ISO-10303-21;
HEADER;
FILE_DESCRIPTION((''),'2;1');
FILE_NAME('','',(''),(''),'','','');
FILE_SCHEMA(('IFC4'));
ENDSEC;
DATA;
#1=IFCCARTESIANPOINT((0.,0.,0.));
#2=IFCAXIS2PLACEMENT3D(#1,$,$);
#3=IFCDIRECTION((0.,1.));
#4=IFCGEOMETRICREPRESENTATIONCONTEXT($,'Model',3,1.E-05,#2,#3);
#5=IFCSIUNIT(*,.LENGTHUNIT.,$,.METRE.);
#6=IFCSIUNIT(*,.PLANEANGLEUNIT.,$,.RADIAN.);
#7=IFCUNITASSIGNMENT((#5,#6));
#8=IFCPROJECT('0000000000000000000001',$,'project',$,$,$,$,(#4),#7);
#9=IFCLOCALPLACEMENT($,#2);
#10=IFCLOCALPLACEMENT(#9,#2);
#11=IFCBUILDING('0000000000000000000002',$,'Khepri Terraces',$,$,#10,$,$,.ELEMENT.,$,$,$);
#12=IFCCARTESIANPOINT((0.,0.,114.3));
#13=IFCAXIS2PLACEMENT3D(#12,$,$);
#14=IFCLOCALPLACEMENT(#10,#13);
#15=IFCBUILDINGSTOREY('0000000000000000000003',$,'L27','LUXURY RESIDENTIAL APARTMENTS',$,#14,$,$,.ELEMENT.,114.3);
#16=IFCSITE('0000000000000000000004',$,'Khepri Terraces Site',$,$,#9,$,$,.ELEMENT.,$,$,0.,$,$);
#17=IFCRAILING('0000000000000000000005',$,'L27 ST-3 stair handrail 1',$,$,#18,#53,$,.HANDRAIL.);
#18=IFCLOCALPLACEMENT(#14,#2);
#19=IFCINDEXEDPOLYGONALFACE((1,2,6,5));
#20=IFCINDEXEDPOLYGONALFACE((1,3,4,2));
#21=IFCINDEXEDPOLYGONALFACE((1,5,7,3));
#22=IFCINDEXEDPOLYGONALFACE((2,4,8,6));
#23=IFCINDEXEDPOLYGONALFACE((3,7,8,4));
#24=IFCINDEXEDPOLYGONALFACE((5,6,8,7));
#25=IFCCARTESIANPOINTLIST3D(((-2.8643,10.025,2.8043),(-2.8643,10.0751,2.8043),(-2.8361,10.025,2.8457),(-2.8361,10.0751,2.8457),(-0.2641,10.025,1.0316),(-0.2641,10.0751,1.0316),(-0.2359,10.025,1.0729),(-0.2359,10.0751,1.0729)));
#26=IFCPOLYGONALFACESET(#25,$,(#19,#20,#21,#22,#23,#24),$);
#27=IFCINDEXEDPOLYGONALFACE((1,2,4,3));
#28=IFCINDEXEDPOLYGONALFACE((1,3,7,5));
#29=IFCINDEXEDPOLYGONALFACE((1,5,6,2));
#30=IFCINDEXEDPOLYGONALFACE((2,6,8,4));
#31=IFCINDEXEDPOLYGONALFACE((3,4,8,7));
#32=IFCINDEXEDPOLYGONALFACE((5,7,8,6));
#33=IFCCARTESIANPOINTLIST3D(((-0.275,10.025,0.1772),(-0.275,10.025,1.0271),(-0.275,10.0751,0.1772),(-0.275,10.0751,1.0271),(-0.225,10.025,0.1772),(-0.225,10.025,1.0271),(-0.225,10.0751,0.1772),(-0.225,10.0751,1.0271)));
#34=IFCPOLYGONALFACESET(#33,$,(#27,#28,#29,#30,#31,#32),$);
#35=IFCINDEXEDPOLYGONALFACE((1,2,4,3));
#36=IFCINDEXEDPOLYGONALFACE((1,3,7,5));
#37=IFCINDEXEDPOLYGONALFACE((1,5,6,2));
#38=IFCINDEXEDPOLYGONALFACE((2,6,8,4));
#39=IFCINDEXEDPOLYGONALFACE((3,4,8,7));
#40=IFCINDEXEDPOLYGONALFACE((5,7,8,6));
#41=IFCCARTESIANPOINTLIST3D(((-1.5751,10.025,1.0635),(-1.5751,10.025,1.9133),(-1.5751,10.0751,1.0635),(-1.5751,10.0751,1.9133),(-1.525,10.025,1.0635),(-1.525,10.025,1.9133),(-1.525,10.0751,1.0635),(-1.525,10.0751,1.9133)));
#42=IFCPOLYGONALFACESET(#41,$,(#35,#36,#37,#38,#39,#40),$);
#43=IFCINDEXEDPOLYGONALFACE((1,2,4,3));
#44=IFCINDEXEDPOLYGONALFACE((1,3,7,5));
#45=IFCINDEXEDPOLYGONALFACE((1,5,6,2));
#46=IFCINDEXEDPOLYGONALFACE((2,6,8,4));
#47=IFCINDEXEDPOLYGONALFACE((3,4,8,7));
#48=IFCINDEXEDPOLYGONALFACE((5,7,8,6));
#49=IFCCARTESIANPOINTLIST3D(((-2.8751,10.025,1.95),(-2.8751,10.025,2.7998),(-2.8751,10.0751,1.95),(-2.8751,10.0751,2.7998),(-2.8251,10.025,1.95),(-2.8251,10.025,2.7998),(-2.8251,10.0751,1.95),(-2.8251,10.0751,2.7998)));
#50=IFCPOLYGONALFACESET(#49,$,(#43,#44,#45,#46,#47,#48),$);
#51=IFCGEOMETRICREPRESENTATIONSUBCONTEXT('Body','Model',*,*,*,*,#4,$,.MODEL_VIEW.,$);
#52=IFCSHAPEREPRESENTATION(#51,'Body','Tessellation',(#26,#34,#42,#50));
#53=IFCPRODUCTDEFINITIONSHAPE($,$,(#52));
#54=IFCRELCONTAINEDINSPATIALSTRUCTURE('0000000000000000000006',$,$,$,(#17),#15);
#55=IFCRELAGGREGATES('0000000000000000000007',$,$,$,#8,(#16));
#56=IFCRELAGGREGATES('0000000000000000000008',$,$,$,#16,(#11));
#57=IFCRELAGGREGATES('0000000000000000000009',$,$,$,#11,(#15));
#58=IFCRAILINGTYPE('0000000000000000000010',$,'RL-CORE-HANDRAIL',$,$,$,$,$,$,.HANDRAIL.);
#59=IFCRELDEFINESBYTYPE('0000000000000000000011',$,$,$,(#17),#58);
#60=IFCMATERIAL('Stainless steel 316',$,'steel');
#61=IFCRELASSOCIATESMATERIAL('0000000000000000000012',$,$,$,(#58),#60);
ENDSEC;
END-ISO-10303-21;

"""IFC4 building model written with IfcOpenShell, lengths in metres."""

from ifc_helpers import new_model, si_unit, direction, frame, origin, origin_2d, place, context, subcontext, project, spatial, rectangle, extrude, material, type_object, element, save


model = new_model("IFC4")

# Units and contexts
model_context = context("Model", 3, precision=1e-05, world=origin(), true_north=direction((0.0, 1.0)))
body_context = subcontext(model_context, "Body", "Model", "MODEL_VIEW")
ifc_project = project(units=[si_unit("LENGTHUNIT", "METRE"), si_unit("PLANEANGLEUNIT", "RADIAN")], contexts=[model_context])

# Site, building, storey
site_placement = place(None, origin())
site = spatial("IfcSite", under=ifc_project, at=site_placement, Name="Khepri Terraces Site", CompositionType="ELEMENT", RefElevation=0.0)
building_placement = place(site_placement, origin())
building = spatial("IfcBuilding", under=site, at=building_placement, Name="Khepri Terraces", CompositionType="ELEMENT")
storey_placement = place(building_placement, frame((0.0, 0.0, 114.3)))
storey = spatial("IfcBuildingStorey", under=building, at=storey_placement, Name="L27", Description="LUXURY RESIDENTIAL APARTMENTS", CompositionType="ELEMENT", Elevation=114.3)

# Railing
ifc_material_1 = material(Name="Stainless steel 316", Category="steel")
railing_type_1 = type_object("IfcRailingType", Name="RL-CORE-HANDRAIL", PredefinedType="HANDRAIL", material=ifc_material_1)
railing_1_placement = place(storey_placement, frame((-0.25, 10.05, 0.1772)))
element("IfcRailing", 1, at=railing_1_placement, inside=storey, type_object=railing_type_1, Name="L27 ST-3 stair handrail 1", PredefinedType="HANDRAIL", context=body_context, shape_type="SweptSolid", body=[
    extrude(rectangle(XDim=0.05, YDim=0.05, at=origin_2d()), frame((0.0, 0.0, 0.875), z_axis=(-0.82624, 0.0, 0.563318), x_axis=(0.0, -1.0, 0.0)), (0.0, 0.0, 1.0), 3.147),
    extrude(rectangle(XDim=0.05, YDim=0.05, at=origin_2d()), origin(), (0.0, 0.0, 1.0), 0.8499),
    extrude(rectangle(XDim=0.05, YDim=0.05, at=origin_2d()), frame((-1.3, 0.0, 0.8862)), (0.0, 0.0, 1.0), 0.8499),
    extrude(rectangle(XDim=0.05, YDim=0.05, at=origin_2d()), frame((-2.6001, 0.0, 1.7727)), (0.0, 0.0, 1.0), 0.8499),
])

save(model, "model.ifc")
